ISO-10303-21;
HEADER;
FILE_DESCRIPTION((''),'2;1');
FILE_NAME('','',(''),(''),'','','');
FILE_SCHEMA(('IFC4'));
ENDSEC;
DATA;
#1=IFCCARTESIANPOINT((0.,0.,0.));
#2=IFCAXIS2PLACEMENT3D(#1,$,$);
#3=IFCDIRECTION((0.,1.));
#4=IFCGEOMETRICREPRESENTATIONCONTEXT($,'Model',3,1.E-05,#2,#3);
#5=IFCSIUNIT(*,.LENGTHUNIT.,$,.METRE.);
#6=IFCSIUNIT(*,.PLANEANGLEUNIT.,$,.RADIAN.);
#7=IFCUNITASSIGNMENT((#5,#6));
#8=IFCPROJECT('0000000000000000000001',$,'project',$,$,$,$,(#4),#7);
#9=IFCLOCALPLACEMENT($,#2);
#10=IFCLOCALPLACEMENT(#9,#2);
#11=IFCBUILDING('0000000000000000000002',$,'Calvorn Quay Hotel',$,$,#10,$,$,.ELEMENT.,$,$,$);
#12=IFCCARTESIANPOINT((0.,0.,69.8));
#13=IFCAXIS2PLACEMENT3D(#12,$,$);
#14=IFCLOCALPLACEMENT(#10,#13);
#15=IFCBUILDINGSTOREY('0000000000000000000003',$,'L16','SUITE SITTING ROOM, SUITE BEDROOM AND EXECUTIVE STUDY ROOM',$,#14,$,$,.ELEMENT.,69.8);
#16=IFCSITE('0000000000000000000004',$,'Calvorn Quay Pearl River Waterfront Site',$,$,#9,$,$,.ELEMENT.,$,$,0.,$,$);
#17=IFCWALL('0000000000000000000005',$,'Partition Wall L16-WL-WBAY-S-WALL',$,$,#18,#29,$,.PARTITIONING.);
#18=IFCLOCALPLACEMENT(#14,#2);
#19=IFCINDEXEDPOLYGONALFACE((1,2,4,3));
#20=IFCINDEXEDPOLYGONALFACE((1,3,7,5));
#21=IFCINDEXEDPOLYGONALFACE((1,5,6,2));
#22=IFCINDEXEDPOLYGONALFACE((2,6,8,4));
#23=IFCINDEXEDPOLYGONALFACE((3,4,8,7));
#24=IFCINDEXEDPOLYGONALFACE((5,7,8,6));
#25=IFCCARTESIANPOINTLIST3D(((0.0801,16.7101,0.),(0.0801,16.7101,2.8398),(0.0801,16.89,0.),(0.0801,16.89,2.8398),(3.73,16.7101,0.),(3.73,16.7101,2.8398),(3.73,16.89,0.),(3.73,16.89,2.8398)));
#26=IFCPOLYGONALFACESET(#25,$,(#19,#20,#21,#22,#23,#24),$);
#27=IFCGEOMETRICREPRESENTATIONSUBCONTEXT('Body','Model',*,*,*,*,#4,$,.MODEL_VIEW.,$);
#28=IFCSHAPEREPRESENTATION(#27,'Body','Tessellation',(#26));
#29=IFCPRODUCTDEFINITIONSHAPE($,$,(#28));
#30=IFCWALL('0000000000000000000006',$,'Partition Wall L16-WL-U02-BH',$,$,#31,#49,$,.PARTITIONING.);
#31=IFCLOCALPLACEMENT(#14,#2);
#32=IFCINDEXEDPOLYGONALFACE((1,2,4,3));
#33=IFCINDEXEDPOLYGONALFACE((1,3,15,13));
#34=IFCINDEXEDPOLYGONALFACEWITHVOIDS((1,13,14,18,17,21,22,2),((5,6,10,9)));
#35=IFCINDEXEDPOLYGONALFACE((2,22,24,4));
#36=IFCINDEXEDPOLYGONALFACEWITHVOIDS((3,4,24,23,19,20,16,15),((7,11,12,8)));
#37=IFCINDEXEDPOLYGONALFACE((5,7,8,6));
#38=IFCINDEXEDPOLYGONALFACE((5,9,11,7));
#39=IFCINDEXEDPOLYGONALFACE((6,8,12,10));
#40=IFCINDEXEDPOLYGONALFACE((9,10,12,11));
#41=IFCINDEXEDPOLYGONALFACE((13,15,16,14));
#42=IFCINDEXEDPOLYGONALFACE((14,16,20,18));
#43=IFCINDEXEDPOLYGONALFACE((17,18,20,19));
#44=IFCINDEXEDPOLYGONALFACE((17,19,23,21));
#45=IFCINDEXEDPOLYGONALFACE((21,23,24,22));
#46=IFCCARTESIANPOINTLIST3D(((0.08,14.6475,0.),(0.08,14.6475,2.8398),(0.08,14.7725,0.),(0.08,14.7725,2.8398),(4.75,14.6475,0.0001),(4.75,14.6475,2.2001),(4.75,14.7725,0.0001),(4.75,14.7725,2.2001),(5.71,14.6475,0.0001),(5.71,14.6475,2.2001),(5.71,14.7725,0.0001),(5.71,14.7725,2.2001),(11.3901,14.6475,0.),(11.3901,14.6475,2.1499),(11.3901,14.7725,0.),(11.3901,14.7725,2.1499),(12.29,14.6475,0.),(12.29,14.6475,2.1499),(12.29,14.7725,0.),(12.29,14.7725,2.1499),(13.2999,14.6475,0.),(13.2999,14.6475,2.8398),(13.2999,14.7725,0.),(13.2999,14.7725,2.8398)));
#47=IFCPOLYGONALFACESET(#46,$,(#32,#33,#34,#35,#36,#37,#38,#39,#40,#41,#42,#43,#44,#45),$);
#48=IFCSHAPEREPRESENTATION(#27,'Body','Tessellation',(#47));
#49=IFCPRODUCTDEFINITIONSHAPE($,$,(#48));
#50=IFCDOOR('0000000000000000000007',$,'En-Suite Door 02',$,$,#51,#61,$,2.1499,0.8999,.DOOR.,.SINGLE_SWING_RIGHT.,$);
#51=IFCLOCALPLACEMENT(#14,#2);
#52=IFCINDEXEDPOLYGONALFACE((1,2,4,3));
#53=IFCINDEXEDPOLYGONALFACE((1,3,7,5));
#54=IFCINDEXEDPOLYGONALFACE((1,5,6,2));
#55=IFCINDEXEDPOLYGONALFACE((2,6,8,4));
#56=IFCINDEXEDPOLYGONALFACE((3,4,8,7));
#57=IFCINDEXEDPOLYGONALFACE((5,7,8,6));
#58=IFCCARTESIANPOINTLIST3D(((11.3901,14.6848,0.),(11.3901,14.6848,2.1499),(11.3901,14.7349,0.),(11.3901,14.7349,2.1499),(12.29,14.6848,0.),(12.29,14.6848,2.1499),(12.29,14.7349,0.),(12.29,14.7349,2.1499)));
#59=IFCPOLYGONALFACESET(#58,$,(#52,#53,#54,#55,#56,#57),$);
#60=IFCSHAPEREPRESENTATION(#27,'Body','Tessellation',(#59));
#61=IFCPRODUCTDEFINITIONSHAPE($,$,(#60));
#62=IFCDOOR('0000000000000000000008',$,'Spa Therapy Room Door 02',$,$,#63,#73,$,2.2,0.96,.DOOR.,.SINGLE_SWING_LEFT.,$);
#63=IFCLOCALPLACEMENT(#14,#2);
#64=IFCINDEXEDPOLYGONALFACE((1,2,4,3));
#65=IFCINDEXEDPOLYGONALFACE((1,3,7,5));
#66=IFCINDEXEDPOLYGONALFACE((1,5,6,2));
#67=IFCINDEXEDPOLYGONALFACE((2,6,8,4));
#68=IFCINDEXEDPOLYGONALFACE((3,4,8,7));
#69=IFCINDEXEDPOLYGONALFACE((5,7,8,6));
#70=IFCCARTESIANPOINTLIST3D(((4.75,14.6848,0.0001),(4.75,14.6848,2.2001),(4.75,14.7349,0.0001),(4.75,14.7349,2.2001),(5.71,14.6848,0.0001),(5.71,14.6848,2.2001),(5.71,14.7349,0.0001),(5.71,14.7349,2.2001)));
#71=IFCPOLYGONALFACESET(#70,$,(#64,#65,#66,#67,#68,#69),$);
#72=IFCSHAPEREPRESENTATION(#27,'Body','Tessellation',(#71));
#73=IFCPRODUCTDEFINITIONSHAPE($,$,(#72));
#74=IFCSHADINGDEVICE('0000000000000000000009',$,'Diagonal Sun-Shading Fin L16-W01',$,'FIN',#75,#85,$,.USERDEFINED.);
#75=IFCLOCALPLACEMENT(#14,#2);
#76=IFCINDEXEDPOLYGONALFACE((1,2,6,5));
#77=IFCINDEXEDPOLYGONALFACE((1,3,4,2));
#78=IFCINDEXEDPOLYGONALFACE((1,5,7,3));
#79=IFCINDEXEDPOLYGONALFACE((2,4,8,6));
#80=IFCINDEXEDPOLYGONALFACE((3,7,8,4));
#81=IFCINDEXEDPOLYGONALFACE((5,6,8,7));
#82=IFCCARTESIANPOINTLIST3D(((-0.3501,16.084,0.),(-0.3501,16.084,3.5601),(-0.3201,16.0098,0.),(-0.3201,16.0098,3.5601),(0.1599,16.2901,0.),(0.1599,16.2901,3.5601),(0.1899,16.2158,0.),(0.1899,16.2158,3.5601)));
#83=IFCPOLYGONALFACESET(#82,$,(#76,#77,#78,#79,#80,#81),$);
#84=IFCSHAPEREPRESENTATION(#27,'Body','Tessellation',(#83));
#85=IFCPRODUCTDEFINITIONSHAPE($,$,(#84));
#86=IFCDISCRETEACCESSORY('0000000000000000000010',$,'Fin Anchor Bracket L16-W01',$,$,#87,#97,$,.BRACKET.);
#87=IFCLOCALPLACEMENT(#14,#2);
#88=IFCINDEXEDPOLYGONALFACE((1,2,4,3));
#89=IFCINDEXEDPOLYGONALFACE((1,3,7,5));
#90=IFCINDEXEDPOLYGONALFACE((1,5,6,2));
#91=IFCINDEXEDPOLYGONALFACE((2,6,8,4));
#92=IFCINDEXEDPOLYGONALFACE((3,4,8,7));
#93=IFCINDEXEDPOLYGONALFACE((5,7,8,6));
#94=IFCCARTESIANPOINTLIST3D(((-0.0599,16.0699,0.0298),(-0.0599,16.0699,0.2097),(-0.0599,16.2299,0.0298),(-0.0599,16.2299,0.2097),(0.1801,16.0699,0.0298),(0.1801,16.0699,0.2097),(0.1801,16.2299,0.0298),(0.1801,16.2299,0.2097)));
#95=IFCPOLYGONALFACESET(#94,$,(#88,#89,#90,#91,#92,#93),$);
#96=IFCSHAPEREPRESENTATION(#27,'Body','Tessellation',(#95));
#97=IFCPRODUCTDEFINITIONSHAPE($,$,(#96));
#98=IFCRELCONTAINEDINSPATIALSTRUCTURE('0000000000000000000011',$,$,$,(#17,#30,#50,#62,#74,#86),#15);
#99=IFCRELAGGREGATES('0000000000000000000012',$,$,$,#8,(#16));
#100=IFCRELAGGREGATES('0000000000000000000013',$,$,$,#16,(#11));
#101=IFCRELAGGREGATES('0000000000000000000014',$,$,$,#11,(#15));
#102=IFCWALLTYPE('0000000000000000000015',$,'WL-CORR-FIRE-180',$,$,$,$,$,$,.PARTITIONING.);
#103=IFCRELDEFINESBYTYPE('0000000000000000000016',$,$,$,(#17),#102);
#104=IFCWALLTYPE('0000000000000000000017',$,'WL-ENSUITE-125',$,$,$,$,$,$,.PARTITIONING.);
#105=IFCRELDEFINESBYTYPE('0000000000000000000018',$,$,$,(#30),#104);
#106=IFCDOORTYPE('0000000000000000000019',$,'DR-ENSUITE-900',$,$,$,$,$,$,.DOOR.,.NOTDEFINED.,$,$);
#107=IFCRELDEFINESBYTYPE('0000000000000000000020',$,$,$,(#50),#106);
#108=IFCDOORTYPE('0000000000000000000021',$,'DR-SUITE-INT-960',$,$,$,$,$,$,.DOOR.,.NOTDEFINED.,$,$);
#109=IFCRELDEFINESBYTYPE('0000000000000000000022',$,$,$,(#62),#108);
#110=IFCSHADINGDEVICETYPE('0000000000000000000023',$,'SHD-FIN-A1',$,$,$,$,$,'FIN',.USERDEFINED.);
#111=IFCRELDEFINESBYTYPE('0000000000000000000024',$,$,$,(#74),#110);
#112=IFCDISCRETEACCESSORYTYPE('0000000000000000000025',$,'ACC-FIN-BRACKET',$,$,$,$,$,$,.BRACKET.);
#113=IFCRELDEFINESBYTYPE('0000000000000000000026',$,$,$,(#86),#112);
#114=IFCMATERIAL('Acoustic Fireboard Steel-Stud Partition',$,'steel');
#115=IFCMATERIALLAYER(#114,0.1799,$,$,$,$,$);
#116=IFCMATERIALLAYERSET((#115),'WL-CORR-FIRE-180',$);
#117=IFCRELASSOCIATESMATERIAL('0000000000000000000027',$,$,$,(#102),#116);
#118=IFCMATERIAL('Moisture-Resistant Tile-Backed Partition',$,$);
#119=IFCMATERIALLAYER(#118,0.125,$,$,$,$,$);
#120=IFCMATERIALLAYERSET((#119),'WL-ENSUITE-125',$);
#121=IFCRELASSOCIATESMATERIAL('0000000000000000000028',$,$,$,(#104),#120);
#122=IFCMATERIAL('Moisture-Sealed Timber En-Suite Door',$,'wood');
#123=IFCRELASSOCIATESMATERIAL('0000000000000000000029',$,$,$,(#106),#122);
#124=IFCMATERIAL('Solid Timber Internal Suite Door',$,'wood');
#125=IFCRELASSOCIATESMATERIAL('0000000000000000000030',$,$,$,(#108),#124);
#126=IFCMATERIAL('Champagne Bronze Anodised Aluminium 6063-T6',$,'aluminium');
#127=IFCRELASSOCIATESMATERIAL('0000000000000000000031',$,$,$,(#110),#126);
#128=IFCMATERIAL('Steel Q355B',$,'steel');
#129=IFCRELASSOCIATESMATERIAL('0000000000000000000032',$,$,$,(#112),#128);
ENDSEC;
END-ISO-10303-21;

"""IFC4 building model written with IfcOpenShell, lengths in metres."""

from ifc_helpers import new_model, si_unit, direction, frame, frame_2d, origin, origin_2d, place, context, subcontext, project, spatial, rectangle, extrude, material, layer, layer_set, type_object, element, fill, save


model = new_model("IFC4")

# Units and contexts
model_context = context("Model", 3, precision=1e-05, world=origin(), true_north=direction((0.0, 1.0)))
body_context = subcontext(model_context, "Body", "Model", "MODEL_VIEW")
ifc_project = project(units=[si_unit("LENGTHUNIT", "METRE"), si_unit("PLANEANGLEUNIT", "RADIAN")], contexts=[model_context])

# Site, building, storey
site_placement = place(None, origin())
site = spatial("IfcSite", under=ifc_project, at=site_placement, Name="Calvorn Quay Pearl River Waterfront Site", CompositionType="ELEMENT", RefElevation=0.0)
building_placement = place(site_placement, origin())
building = spatial("IfcBuilding", under=site, at=building_placement, Name="Calvorn Quay Hotel", CompositionType="ELEMENT")
storey_placement = place(building_placement, frame((0.0, 0.0, 69.8)))
storey = spatial("IfcBuildingStorey", under=building, at=storey_placement, Name="L16", Description="SUITE SITTING ROOM, SUITE BEDROOM AND EXECUTIVE STUDY ROOM", CompositionType="ELEMENT", Elevation=69.8)

# Wall
ifc_material_1 = material(Name="Acoustic Fireboard Steel-Stud Partition", Category="steel")
ifc_layer_1 = layer(ifc_material_1, 0.1799)
ifc_layer_set_1 = layer_set([ifc_layer_1], Name="WL-CORR-FIRE-180")
wall_type_1 = type_object("IfcWallType", Name="WL-CORR-FIRE-180", PredefinedType="PARTITIONING", material=ifc_layer_set_1)
wall_1_placement = place(storey_placement, frame((0.0801, 16.8, 0.0), z_axis=(0.0, 0.0, 1.0), x_axis=(1.0, 0.0, 0.0)))
element("IfcWall", 1, at=wall_1_placement, inside=storey, type_object=wall_type_1, Name="Partition Wall L16-WL-WBAY-S-WALL", PredefinedType="PARTITIONING", context=body_context, shape_type="SweptSolid", body=[
    extrude(rectangle(XDim=3.6499, YDim=0.1799, at=frame_2d((1.825, 0.0))), origin(), (0.0, 0.0, 1.0), 2.8398),
])

# Wall, openings, doors
ifc_material_2 = material(Name="Moisture-Resistant Tile-Backed Partition")
ifc_layer_2 = layer(ifc_material_2, 0.125)
ifc_layer_set_2 = layer_set([ifc_layer_2], Name="WL-ENSUITE-125")
wall_type_2 = type_object("IfcWallType", Name="WL-ENSUITE-125", PredefinedType="PARTITIONING", material=ifc_layer_set_2)
wall_2_placement = place(storey_placement, frame((0.0801, 14.71, 0.0), z_axis=(0.0, 0.0, 1.0), x_axis=(1.0, 0.0, 0.0)))
wall_2 = element("IfcWall", 2, at=wall_2_placement, inside=storey, type_object=wall_type_2, Name="Partition Wall L16-WL-U02-BH", PredefinedType="PARTITIONING", context=body_context, shape_type="SweptSolid", body=[
    extrude(rectangle(XDim=13.22, YDim=0.125, at=frame_2d((6.6099, 0.0))), origin(), (0.0, 0.0, 1.0), 2.8398),
])
opening_1_placement = place(wall_2_placement, frame((4.6699, 0.0, 0.0)))
opening_1 = element("IfcOpeningElement", 3, at=opening_1_placement, cuts=wall_2, PredefinedType="OPENING", context=body_context, shape_type="SweptSolid", body=[
    extrude(rectangle(XDim=0.96, YDim=2.2, at=frame_2d((0.48, 1.1001))), frame((0.0, 0.0725, 0.0), z_axis=(0.0, -1.0, 0.0), x_axis=(1.0, 0.0, 0.0)), (0.0, 0.0, 1.0), 0.145),
])
opening_2_placement = place(wall_2_placement, frame((11.3101, 0.0, 0.0)))
opening_2 = element("IfcOpeningElement", 4, at=opening_2_placement, cuts=wall_2, PredefinedType="OPENING", context=body_context, shape_type="SweptSolid", body=[
    extrude(rectangle(XDim=0.8999, YDim=2.1499, at=frame_2d((0.45, 1.075))), frame((0.0, 0.0725, 0.0), z_axis=(0.0, -1.0, 0.0), x_axis=(1.0, 0.0, 0.0)), (0.0, 0.0, 1.0), 0.145),
])
ifc_material_3 = material(Name="Moisture-Sealed Timber En-Suite Door", Category="wood")
door_type_1 = type_object("IfcDoorType", Name="DR-ENSUITE-900", OperationType="NOTDEFINED", PredefinedType="DOOR", material=ifc_material_3)
door_1_placement = place(opening_2_placement, origin())
door_1 = element("IfcDoor", 5, at=door_1_placement, inside=storey, type_object=door_type_1, Name="En-Suite Door 02", OperationType="SINGLE_SWING_RIGHT", OverallHeight=2.1499, OverallWidth=0.8999, PredefinedType="DOOR", context=body_context, shape_type="SweptSolid", body=[
    extrude(rectangle(XDim=0.8999, YDim=2.1499, at=frame_2d((0.45, 1.075))), frame((0.0, 0.0249, 0.0), z_axis=(0.0, -1.0, 0.0), x_axis=(1.0, 0.0, 0.0)), (0.0, 0.0, 1.0), 0.05),
])
fill(opening_2, door_1)
ifc_material_4 = material(Name="Solid Timber Internal Suite Door", Category="wood")
door_type_2 = type_object("IfcDoorType", Name="DR-SUITE-INT-960", OperationType="NOTDEFINED", PredefinedType="DOOR", material=ifc_material_4)
door_2_placement = place(opening_1_placement, origin())
door_2 = element("IfcDoor", 6, at=door_2_placement, inside=storey, type_object=door_type_2, Name="Spa Therapy Room Door 02", OperationType="SINGLE_SWING_LEFT", OverallHeight=2.2, OverallWidth=0.96, PredefinedType="DOOR", context=body_context, shape_type="SweptSolid", body=[
    extrude(rectangle(XDim=0.96, YDim=2.2, at=frame_2d((0.48, 1.1001))), frame((0.0, 0.0249, 0.0), z_axis=(0.0, -1.0, 0.0), x_axis=(1.0, 0.0, 0.0)), (0.0, 0.0, 1.0), 0.05),
])
fill(opening_1, door_2)

# Shading device
ifc_material_5 = material(Name="Champagne Bronze Anodised Aluminium 6063-T6", Category="aluminium")
shading_device_type = type_object("IfcShadingDeviceType", Name="SHD-FIN-A1", ElementType="FIN", PredefinedType="USERDEFINED", material=ifc_material_5)
shading_device_placement = place(storey_placement, frame((-0.0801, 16.1499, 0.0), z_axis=(0.0, 0.0, 1.0), x_axis=(0.927184, 0.374607, 0.0)))
element("IfcShadingDevice", 7, at=shading_device_placement, inside=storey, type_object=shading_device_type, Name="Diagonal Sun-Shading Fin L16-W01", ObjectType="FIN", PredefinedType="USERDEFINED", context=body_context, shape_type="SweptSolid", body=[
    extrude(rectangle(XDim=0.55, YDim=0.0801, at=origin_2d()), origin(), (0.0, 0.0, 1.0), 3.5601),
])

# Discrete accessory
ifc_material_6 = material(Name="Steel Q355B", Category="steel")
discrete_accessory_type = type_object("IfcDiscreteAccessoryType", Name="ACC-FIN-BRACKET", PredefinedType="BRACKET", material=ifc_material_6)
discrete_accessory_placement = place(storey_placement, frame((0.0601, 16.1499, 0.0298), z_axis=(0.0, 0.0, 1.0), x_axis=(1.0, 0.0, 0.0)))
element("IfcDiscreteAccessory", 8, at=discrete_accessory_placement, inside=storey, type_object=discrete_accessory_type, Name="Fin Anchor Bracket L16-W01", PredefinedType="BRACKET", context=body_context, shape_type="SweptSolid", body=[
    extrude(rectangle(XDim=0.24, YDim=0.1599, at=origin_2d()), origin(), (0.0, 0.0, 1.0), 0.1799),
])

save(model, "model.ifc")
